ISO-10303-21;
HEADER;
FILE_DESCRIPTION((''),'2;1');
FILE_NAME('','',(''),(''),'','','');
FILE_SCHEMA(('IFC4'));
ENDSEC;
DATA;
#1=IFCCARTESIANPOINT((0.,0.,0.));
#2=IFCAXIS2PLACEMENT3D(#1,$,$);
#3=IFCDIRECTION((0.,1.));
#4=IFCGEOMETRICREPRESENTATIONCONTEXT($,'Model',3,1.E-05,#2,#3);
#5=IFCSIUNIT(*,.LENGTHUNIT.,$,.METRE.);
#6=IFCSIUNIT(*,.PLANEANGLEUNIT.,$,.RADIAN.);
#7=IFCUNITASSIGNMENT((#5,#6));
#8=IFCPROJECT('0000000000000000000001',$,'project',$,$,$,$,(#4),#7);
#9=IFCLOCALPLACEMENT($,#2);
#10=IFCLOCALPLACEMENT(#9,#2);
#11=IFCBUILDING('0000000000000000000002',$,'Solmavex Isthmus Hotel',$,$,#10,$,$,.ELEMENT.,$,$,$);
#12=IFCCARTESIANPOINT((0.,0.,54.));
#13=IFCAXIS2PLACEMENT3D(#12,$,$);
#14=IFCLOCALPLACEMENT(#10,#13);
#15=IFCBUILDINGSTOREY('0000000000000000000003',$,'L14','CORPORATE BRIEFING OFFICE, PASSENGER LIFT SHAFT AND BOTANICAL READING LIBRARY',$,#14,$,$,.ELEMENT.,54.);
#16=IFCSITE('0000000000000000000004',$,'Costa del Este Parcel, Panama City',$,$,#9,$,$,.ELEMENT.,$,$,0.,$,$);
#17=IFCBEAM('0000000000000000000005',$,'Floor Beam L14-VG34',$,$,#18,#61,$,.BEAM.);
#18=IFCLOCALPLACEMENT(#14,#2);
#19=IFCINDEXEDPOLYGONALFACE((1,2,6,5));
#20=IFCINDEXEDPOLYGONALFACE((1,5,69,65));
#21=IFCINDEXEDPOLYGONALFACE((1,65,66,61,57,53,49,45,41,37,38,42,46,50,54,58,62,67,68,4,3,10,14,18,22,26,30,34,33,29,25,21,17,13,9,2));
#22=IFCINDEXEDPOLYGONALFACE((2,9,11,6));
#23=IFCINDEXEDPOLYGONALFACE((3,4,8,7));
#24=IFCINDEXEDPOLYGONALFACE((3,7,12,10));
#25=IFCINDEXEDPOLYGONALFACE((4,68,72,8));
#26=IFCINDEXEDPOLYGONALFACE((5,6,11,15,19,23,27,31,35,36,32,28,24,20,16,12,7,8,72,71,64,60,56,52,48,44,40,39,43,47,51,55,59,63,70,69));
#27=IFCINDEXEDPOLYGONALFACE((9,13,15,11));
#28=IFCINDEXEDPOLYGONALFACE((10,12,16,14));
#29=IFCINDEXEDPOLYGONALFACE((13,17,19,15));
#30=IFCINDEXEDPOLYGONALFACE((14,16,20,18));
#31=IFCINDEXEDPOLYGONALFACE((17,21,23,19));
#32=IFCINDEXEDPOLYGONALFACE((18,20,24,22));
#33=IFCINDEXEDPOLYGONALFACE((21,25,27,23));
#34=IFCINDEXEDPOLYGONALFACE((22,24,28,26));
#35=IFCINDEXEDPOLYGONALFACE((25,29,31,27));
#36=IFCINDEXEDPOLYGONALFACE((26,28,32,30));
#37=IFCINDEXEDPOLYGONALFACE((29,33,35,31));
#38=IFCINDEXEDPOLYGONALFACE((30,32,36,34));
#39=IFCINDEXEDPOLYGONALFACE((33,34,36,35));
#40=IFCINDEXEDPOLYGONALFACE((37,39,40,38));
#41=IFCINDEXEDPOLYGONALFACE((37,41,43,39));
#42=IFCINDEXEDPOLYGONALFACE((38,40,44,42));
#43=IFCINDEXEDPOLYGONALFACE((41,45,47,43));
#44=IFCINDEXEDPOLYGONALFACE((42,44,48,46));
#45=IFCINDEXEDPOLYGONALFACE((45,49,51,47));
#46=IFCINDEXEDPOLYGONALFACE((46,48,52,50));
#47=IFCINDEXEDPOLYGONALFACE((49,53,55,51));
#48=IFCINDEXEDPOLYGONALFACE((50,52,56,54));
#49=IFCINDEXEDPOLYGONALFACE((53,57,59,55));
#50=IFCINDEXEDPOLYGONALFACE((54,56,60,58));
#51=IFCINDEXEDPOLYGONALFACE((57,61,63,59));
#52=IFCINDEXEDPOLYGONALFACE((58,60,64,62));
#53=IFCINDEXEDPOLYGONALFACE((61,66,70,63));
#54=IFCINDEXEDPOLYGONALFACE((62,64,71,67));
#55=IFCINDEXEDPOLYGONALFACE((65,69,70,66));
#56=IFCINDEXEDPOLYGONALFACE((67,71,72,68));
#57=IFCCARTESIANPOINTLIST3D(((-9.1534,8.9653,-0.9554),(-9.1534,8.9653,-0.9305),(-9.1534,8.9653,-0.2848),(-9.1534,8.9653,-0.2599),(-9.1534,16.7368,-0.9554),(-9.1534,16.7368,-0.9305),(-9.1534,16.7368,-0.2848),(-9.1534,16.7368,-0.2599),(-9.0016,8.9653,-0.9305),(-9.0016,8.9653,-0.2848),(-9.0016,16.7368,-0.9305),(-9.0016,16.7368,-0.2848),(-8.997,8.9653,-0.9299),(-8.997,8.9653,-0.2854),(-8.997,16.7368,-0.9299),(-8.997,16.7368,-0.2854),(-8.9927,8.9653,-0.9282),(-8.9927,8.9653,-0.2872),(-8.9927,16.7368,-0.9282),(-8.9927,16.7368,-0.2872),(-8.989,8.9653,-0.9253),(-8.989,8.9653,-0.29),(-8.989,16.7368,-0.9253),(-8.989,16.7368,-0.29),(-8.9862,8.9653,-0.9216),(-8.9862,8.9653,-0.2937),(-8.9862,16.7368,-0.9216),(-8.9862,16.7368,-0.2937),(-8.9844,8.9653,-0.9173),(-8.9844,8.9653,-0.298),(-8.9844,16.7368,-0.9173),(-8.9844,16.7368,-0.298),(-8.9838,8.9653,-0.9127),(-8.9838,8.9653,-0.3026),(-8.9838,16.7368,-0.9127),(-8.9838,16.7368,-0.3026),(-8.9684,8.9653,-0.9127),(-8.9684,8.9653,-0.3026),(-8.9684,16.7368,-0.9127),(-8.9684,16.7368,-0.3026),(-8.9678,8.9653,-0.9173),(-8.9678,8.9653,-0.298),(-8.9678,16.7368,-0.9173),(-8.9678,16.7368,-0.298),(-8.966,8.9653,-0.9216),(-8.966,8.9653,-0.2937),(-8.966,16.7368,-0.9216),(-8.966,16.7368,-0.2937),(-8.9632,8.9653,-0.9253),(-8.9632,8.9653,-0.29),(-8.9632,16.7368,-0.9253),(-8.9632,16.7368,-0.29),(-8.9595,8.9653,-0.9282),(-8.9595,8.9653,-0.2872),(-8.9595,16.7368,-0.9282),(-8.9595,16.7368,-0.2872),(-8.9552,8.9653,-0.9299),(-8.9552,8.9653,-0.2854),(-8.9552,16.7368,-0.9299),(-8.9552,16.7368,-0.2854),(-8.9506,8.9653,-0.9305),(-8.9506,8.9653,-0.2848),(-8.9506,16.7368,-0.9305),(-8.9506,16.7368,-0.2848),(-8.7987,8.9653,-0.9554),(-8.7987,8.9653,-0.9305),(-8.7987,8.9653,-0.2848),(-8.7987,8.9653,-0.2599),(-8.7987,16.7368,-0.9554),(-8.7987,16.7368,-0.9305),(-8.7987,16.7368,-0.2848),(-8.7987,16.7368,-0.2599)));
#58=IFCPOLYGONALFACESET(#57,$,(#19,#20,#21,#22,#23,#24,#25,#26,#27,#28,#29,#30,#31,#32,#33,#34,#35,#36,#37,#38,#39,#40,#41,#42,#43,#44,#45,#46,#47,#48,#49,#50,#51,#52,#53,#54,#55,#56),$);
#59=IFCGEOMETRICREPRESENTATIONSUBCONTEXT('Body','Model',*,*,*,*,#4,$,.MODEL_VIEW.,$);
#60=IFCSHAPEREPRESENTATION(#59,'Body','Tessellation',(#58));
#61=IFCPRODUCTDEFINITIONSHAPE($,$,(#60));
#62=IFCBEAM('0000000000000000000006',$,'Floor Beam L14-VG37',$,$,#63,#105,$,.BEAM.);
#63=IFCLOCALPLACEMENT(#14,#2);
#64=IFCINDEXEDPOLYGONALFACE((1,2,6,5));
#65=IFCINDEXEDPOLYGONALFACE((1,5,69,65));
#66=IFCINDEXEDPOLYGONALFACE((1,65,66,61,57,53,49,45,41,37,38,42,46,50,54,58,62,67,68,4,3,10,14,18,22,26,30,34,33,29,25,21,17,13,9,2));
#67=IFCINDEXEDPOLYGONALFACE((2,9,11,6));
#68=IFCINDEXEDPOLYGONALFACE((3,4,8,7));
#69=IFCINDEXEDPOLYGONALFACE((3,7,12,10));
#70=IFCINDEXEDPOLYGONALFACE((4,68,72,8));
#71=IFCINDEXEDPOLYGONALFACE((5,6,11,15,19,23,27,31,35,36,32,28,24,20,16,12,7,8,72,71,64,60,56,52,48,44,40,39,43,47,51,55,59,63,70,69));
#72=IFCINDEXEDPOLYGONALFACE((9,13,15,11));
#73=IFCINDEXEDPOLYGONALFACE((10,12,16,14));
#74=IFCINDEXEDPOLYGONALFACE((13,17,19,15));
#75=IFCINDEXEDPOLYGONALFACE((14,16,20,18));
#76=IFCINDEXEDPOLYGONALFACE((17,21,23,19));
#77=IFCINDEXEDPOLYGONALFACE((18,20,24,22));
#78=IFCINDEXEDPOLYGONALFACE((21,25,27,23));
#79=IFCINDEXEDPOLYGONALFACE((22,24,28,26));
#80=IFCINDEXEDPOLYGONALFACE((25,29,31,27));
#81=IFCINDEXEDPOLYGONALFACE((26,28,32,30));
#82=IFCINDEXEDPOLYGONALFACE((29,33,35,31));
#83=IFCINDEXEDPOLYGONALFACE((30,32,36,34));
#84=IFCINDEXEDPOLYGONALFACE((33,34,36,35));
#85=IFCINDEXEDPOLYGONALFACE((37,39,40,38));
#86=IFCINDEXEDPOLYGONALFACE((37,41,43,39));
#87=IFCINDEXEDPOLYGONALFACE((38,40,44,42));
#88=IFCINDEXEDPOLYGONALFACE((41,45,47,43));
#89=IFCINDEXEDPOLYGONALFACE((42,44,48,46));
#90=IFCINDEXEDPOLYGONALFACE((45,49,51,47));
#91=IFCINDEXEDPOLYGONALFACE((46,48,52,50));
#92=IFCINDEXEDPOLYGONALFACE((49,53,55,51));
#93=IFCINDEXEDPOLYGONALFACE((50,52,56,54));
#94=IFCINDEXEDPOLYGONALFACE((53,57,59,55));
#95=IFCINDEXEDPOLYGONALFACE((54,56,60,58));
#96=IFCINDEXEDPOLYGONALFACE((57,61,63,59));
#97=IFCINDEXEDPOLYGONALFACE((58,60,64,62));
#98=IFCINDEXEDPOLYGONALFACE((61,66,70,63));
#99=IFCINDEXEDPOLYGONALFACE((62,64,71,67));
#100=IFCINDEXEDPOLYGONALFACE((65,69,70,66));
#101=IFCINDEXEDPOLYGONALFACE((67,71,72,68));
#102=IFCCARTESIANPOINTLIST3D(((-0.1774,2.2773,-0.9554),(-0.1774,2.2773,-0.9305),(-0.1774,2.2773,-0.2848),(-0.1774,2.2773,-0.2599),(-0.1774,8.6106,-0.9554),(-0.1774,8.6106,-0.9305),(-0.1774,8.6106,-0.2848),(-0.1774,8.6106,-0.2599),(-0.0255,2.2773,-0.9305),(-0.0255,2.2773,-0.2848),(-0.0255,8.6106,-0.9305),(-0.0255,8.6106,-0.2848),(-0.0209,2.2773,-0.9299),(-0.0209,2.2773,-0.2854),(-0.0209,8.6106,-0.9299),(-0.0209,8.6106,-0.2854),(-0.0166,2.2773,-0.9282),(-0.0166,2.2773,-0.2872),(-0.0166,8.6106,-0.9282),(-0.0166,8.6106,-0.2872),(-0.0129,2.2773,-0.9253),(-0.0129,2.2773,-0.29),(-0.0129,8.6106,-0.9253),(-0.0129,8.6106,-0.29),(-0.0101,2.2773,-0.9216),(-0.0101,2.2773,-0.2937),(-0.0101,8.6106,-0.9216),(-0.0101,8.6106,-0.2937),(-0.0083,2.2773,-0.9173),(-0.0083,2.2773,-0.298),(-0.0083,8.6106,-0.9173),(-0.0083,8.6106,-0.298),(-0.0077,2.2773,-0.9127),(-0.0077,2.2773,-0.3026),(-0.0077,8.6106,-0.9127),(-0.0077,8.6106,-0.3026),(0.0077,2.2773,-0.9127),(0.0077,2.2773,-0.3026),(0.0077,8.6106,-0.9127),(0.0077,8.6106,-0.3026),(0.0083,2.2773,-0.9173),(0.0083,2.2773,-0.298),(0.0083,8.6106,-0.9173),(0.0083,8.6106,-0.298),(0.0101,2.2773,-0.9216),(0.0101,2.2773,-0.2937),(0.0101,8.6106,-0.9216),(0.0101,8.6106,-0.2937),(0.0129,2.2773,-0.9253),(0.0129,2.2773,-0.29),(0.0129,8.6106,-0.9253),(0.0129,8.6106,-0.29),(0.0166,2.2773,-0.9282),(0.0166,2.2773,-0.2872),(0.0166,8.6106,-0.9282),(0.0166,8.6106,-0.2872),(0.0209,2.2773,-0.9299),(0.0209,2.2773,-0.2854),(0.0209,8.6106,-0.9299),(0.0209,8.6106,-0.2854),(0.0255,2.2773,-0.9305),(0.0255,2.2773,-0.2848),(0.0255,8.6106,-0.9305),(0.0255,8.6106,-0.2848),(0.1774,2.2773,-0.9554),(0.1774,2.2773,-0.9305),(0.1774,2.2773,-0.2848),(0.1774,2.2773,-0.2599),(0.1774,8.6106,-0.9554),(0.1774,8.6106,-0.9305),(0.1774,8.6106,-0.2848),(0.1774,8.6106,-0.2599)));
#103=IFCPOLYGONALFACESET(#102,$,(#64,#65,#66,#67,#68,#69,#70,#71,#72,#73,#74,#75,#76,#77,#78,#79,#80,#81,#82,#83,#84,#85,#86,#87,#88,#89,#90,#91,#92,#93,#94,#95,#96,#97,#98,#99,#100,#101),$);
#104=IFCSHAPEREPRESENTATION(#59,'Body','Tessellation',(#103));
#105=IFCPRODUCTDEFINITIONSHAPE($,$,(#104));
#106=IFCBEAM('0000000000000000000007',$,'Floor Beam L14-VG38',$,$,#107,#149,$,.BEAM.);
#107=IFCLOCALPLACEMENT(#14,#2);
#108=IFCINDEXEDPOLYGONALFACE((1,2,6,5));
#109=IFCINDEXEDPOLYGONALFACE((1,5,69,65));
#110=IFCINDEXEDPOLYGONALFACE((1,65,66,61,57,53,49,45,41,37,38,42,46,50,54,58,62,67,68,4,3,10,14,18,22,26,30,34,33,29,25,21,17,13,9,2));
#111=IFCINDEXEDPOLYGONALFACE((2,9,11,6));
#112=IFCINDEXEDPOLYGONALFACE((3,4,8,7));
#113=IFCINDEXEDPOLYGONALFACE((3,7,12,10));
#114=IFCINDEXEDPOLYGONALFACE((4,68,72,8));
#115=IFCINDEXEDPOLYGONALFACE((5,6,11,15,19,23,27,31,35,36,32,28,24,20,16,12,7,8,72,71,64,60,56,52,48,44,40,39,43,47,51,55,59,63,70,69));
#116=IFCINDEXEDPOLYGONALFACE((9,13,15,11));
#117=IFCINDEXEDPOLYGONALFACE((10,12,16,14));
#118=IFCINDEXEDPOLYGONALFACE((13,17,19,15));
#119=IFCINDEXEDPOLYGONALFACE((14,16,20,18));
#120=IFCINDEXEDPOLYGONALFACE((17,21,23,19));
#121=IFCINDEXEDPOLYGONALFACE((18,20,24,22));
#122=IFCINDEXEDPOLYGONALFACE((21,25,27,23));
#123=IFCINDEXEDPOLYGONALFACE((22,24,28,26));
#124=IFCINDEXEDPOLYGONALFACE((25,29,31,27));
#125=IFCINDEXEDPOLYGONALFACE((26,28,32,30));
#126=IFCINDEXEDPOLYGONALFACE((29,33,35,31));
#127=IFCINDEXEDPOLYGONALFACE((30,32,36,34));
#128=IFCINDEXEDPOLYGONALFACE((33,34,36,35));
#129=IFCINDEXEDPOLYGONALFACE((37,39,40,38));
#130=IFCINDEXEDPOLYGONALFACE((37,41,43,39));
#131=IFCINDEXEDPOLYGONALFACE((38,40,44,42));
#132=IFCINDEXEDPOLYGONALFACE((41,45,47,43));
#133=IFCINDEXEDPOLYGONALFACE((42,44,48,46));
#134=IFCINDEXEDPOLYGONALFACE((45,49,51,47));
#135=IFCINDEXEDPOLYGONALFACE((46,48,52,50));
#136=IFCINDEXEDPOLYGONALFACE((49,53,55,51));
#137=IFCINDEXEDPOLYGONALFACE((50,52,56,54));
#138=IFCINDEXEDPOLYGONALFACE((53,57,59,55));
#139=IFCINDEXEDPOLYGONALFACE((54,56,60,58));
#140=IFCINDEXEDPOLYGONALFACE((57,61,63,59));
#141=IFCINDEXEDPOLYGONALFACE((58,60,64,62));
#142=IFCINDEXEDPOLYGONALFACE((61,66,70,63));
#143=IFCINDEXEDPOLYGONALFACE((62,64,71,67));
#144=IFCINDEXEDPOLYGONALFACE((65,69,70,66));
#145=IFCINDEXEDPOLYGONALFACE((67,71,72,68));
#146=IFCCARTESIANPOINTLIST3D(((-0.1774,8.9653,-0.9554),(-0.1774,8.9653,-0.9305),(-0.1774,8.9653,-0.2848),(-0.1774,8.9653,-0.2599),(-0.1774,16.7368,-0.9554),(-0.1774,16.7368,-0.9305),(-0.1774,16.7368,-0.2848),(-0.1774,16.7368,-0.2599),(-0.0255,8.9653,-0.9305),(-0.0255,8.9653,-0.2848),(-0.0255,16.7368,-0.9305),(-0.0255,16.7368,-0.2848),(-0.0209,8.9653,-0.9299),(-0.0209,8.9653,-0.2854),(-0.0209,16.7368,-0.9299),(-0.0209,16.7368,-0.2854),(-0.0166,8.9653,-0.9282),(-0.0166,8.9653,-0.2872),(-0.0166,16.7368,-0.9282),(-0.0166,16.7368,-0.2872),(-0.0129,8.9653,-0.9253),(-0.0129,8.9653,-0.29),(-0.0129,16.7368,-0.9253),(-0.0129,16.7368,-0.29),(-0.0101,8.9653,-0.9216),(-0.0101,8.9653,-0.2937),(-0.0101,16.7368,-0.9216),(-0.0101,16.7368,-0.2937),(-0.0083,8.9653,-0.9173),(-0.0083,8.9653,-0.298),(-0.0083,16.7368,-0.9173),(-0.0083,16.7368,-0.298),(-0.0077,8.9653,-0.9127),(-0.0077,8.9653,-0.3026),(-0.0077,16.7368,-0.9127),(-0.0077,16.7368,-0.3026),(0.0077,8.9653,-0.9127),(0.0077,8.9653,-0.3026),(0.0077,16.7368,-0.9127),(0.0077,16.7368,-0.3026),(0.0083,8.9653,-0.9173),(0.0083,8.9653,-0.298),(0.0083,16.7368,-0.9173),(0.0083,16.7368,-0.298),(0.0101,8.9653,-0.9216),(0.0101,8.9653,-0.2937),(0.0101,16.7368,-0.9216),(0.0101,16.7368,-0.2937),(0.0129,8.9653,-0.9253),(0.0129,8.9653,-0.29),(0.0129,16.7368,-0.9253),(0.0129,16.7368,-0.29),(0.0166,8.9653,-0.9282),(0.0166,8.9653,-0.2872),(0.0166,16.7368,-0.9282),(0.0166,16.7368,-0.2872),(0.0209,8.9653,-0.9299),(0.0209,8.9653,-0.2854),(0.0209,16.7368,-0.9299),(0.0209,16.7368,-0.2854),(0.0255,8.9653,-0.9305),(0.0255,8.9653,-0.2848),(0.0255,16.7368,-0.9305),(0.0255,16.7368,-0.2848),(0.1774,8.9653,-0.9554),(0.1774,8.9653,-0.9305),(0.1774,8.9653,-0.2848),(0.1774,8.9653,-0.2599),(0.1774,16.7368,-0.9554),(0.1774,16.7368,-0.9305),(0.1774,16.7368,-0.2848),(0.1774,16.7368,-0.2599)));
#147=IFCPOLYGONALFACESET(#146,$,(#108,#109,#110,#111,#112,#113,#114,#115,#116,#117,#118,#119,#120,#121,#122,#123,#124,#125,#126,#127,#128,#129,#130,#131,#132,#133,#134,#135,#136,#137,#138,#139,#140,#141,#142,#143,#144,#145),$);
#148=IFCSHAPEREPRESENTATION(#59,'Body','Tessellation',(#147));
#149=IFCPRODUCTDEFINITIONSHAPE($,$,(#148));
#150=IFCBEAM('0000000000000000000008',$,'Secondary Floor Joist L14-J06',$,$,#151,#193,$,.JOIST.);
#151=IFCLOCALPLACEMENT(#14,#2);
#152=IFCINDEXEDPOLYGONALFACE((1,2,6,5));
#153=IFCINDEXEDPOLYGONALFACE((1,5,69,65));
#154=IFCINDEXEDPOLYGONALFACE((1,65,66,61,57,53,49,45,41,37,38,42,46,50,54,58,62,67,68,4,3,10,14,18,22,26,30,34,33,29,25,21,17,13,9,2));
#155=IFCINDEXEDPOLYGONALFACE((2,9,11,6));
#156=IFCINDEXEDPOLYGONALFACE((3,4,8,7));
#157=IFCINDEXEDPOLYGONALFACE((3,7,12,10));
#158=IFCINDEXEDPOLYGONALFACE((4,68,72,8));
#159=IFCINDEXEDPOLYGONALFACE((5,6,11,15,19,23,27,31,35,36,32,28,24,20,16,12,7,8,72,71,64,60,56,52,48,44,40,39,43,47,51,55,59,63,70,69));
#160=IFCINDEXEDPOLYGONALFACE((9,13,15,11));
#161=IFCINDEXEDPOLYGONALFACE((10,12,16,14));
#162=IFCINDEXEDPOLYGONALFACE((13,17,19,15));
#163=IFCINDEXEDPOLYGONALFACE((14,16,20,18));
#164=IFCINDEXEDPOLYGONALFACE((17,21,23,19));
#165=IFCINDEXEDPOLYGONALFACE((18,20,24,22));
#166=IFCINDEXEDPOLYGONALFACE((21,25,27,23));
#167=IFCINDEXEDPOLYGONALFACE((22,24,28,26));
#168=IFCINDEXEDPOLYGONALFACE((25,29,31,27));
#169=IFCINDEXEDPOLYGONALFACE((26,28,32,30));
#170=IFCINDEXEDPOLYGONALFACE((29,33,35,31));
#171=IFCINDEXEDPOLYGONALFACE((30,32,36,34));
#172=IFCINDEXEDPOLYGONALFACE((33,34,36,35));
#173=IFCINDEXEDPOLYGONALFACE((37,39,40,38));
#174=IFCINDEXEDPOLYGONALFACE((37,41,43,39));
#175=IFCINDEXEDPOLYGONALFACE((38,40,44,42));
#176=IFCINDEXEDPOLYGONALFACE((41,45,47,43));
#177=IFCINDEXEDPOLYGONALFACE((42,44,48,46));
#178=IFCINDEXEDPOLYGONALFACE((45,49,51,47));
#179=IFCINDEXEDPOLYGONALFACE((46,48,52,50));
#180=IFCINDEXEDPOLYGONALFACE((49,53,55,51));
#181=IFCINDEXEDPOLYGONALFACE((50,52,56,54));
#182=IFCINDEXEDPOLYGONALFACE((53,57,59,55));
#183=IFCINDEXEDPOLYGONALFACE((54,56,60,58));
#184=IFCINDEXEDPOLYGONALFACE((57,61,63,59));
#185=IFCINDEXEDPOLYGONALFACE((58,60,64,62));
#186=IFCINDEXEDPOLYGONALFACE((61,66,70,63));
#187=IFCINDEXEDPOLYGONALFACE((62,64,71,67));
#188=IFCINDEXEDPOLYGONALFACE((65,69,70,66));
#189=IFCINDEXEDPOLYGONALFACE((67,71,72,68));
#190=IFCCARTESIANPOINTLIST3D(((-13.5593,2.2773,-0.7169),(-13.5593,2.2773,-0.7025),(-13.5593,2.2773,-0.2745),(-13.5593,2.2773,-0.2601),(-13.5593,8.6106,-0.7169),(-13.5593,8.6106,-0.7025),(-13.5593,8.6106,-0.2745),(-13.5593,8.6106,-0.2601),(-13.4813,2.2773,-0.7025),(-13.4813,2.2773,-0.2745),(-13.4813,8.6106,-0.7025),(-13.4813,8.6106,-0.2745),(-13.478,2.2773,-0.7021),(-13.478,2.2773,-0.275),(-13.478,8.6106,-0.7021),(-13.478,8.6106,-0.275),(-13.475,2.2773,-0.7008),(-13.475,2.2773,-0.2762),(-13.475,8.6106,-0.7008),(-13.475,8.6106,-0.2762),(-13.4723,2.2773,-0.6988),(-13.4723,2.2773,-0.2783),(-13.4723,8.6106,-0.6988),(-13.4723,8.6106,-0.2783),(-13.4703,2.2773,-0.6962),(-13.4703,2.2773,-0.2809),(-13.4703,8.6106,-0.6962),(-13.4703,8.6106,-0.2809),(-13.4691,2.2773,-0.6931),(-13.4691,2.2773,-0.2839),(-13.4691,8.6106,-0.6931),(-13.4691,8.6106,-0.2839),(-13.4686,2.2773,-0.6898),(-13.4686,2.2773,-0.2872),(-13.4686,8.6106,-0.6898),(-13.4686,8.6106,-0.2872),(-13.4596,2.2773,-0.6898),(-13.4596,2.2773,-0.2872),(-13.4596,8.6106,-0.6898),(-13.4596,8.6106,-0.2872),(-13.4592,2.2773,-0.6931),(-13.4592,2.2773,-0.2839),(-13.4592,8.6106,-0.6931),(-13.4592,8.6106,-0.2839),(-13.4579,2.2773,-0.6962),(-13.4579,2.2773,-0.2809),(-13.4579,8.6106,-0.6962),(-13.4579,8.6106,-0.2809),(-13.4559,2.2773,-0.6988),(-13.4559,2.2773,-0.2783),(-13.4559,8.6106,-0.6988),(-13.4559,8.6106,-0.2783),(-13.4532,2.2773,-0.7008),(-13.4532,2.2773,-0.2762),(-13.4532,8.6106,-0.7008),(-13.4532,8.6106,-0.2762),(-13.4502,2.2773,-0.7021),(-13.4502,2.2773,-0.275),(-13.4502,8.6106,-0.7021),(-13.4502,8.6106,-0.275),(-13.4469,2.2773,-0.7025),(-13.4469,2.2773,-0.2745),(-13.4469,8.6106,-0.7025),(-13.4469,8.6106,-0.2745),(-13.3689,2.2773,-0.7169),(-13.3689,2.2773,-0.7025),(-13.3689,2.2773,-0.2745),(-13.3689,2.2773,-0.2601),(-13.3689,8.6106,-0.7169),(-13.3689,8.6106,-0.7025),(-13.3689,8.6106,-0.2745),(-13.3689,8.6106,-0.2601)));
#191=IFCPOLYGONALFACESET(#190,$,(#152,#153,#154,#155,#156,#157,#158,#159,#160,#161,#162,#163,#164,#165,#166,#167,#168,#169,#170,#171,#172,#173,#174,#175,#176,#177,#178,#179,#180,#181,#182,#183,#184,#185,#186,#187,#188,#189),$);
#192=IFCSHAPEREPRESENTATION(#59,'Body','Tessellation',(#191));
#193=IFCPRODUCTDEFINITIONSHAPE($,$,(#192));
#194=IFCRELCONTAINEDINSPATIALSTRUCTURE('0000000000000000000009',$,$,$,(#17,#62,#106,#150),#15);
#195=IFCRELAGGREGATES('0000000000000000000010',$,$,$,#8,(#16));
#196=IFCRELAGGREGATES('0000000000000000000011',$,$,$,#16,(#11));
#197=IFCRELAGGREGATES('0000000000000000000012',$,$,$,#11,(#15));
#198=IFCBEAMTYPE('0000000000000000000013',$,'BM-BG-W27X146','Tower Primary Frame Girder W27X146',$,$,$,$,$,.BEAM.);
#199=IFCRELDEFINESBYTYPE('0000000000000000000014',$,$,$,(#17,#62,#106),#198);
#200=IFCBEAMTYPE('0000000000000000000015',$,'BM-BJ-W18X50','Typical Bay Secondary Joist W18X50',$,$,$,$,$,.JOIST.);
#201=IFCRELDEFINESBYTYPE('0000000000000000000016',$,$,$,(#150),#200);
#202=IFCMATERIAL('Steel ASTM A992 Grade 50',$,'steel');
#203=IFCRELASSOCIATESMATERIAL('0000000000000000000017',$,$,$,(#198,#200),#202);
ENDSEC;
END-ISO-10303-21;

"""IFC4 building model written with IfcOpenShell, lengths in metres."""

from ifc_helpers import new_model, si_unit, direction, frame, origin, origin_2d, place, context, subcontext, project, spatial, i_section, extrude, material, material_profile, profile_set, type_object, element, save


model = new_model("IFC4")

# Units and contexts
model_context = context("Model", 3, precision=1e-05, world=origin(), true_north=direction((0.0, 1.0)))
body_context = subcontext(model_context, "Body", "Model", "MODEL_VIEW")
ifc_project = project(units=[si_unit("LENGTHUNIT", "METRE"), si_unit("PLANEANGLEUNIT", "RADIAN")], contexts=[model_context])

# Site, building, storey
site_placement = place(None, origin())
site = spatial("IfcSite", under=ifc_project, at=site_placement, Name="Costa del Este Parcel, Panama City", CompositionType="ELEMENT", RefElevation=0.0)
building_placement = place(site_placement, origin())
building = spatial("IfcBuilding", under=site, at=building_placement, Name="Solmavex Isthmus Hotel", CompositionType="ELEMENT")
storey_placement = place(building_placement, frame((0.0, 0.0, 54.0)))
storey = spatial("IfcBuildingStorey", under=building, at=storey_placement, Name="L14", Description="CORPORATE BRIEFING OFFICE, PASSENGER LIFT SHAFT AND BOTANICAL READING LIBRARY", CompositionType="ELEMENT", Elevation=54.0)

# Beams
ifc_material_1 = material(Name="Steel ASTM A992 Grade 50", Category="steel")
ifc_material_profile_1 = material_profile(ifc_material_1, i_section(OverallWidth=0.3547, OverallDepth=0.6956, WebThickness=0.0154, FlangeThickness=0.0249, FilletRadius=0.0178, at=origin_2d()), Name="W27X146")
ifc_profile_set_1 = profile_set([ifc_material_profile_1], Name="Steel ASTM A992 Grade 50")
beam_type_1 = type_object("IfcBeamType", Name="BM-BG-W27X146", Description="Tower Primary Frame Girder W27X146", PredefinedType="BEAM", material=ifc_profile_set_1)
beam_1_placement = place(storey_placement, frame((-8.9761, 8.9653, -0.6077), z_axis=(0.0, 1.0, 0.0), x_axis=(-1.0, 0.0, 0.0)))
element("IfcBeam", 1, at=beam_1_placement, inside=storey, type_object=beam_type_1, Name="Floor Beam L14-VG34", PredefinedType="BEAM", context=body_context, shape_type="SweptSolid", body=[
    extrude(i_section(OverallWidth=0.3547, OverallDepth=0.6956, WebThickness=0.0154, FlangeThickness=0.0249, FilletRadius=0.0178, at=origin_2d()), origin(), (0.0, 0.0, 1.0), 7.7715),
])
beam_2_placement = place(storey_placement, frame((0.0, 2.2773, -0.6077), z_axis=(0.0, 1.0, 0.0), x_axis=(-1.0, 0.0, 0.0)))
element("IfcBeam", 2, at=beam_2_placement, inside=storey, type_object=beam_type_1, Name="Floor Beam L14-VG37", PredefinedType="BEAM", context=body_context, shape_type="SweptSolid", body=[
    extrude(i_section(OverallWidth=0.3547, OverallDepth=0.6956, WebThickness=0.0154, FlangeThickness=0.0249, FilletRadius=0.0178, at=origin_2d()), origin(), (0.0, 0.0, 1.0), 6.3333),
])
beam_3_placement = place(storey_placement, frame((0.0, 8.9653, -0.6077), z_axis=(0.0, 1.0, 0.0), x_axis=(-1.0, 0.0, 0.0)))
element("IfcBeam", 3, at=beam_3_placement, inside=storey, type_object=beam_type_1, Name="Floor Beam L14-VG38", PredefinedType="BEAM", context=body_context, shape_type="SweptSolid", body=[
    extrude(i_section(OverallWidth=0.3547, OverallDepth=0.6956, WebThickness=0.0154, FlangeThickness=0.0249, FilletRadius=0.0178, at=origin_2d()), origin(), (0.0, 0.0, 1.0), 7.7715),
])
ifc_material_profile_2 = material_profile(ifc_material_1, i_section(OverallWidth=0.1904, OverallDepth=0.4568, WebThickness=0.009, FlangeThickness=0.0144, FilletRadius=0.0127, at=origin_2d()), Name="W18X50")
ifc_profile_set_2 = profile_set([ifc_material_profile_2], Name="Steel ASTM A992 Grade 50")
beam_type_2 = type_object("IfcBeamType", Name="BM-BJ-W18X50", Description="Typical Bay Secondary Joist W18X50", PredefinedType="JOIST", material=ifc_profile_set_2)
beam_4_placement = place(storey_placement, frame((-13.4641, 2.2773, -0.4885), z_axis=(0.0, 1.0, 0.0), x_axis=(-1.0, 0.0, 0.0)))
element("IfcBeam", 4, at=beam_4_placement, inside=storey, type_object=beam_type_2, Name="Secondary Floor Joist L14-J06", PredefinedType="JOIST", context=body_context, shape_type="SweptSolid", body=[
    extrude(i_section(OverallWidth=0.1904, OverallDepth=0.4568, WebThickness=0.009, FlangeThickness=0.0144, FilletRadius=0.0127, at=origin_2d()), origin(), (0.0, 0.0, 1.0), 6.3333),
])

save(model, "model.ifc")
